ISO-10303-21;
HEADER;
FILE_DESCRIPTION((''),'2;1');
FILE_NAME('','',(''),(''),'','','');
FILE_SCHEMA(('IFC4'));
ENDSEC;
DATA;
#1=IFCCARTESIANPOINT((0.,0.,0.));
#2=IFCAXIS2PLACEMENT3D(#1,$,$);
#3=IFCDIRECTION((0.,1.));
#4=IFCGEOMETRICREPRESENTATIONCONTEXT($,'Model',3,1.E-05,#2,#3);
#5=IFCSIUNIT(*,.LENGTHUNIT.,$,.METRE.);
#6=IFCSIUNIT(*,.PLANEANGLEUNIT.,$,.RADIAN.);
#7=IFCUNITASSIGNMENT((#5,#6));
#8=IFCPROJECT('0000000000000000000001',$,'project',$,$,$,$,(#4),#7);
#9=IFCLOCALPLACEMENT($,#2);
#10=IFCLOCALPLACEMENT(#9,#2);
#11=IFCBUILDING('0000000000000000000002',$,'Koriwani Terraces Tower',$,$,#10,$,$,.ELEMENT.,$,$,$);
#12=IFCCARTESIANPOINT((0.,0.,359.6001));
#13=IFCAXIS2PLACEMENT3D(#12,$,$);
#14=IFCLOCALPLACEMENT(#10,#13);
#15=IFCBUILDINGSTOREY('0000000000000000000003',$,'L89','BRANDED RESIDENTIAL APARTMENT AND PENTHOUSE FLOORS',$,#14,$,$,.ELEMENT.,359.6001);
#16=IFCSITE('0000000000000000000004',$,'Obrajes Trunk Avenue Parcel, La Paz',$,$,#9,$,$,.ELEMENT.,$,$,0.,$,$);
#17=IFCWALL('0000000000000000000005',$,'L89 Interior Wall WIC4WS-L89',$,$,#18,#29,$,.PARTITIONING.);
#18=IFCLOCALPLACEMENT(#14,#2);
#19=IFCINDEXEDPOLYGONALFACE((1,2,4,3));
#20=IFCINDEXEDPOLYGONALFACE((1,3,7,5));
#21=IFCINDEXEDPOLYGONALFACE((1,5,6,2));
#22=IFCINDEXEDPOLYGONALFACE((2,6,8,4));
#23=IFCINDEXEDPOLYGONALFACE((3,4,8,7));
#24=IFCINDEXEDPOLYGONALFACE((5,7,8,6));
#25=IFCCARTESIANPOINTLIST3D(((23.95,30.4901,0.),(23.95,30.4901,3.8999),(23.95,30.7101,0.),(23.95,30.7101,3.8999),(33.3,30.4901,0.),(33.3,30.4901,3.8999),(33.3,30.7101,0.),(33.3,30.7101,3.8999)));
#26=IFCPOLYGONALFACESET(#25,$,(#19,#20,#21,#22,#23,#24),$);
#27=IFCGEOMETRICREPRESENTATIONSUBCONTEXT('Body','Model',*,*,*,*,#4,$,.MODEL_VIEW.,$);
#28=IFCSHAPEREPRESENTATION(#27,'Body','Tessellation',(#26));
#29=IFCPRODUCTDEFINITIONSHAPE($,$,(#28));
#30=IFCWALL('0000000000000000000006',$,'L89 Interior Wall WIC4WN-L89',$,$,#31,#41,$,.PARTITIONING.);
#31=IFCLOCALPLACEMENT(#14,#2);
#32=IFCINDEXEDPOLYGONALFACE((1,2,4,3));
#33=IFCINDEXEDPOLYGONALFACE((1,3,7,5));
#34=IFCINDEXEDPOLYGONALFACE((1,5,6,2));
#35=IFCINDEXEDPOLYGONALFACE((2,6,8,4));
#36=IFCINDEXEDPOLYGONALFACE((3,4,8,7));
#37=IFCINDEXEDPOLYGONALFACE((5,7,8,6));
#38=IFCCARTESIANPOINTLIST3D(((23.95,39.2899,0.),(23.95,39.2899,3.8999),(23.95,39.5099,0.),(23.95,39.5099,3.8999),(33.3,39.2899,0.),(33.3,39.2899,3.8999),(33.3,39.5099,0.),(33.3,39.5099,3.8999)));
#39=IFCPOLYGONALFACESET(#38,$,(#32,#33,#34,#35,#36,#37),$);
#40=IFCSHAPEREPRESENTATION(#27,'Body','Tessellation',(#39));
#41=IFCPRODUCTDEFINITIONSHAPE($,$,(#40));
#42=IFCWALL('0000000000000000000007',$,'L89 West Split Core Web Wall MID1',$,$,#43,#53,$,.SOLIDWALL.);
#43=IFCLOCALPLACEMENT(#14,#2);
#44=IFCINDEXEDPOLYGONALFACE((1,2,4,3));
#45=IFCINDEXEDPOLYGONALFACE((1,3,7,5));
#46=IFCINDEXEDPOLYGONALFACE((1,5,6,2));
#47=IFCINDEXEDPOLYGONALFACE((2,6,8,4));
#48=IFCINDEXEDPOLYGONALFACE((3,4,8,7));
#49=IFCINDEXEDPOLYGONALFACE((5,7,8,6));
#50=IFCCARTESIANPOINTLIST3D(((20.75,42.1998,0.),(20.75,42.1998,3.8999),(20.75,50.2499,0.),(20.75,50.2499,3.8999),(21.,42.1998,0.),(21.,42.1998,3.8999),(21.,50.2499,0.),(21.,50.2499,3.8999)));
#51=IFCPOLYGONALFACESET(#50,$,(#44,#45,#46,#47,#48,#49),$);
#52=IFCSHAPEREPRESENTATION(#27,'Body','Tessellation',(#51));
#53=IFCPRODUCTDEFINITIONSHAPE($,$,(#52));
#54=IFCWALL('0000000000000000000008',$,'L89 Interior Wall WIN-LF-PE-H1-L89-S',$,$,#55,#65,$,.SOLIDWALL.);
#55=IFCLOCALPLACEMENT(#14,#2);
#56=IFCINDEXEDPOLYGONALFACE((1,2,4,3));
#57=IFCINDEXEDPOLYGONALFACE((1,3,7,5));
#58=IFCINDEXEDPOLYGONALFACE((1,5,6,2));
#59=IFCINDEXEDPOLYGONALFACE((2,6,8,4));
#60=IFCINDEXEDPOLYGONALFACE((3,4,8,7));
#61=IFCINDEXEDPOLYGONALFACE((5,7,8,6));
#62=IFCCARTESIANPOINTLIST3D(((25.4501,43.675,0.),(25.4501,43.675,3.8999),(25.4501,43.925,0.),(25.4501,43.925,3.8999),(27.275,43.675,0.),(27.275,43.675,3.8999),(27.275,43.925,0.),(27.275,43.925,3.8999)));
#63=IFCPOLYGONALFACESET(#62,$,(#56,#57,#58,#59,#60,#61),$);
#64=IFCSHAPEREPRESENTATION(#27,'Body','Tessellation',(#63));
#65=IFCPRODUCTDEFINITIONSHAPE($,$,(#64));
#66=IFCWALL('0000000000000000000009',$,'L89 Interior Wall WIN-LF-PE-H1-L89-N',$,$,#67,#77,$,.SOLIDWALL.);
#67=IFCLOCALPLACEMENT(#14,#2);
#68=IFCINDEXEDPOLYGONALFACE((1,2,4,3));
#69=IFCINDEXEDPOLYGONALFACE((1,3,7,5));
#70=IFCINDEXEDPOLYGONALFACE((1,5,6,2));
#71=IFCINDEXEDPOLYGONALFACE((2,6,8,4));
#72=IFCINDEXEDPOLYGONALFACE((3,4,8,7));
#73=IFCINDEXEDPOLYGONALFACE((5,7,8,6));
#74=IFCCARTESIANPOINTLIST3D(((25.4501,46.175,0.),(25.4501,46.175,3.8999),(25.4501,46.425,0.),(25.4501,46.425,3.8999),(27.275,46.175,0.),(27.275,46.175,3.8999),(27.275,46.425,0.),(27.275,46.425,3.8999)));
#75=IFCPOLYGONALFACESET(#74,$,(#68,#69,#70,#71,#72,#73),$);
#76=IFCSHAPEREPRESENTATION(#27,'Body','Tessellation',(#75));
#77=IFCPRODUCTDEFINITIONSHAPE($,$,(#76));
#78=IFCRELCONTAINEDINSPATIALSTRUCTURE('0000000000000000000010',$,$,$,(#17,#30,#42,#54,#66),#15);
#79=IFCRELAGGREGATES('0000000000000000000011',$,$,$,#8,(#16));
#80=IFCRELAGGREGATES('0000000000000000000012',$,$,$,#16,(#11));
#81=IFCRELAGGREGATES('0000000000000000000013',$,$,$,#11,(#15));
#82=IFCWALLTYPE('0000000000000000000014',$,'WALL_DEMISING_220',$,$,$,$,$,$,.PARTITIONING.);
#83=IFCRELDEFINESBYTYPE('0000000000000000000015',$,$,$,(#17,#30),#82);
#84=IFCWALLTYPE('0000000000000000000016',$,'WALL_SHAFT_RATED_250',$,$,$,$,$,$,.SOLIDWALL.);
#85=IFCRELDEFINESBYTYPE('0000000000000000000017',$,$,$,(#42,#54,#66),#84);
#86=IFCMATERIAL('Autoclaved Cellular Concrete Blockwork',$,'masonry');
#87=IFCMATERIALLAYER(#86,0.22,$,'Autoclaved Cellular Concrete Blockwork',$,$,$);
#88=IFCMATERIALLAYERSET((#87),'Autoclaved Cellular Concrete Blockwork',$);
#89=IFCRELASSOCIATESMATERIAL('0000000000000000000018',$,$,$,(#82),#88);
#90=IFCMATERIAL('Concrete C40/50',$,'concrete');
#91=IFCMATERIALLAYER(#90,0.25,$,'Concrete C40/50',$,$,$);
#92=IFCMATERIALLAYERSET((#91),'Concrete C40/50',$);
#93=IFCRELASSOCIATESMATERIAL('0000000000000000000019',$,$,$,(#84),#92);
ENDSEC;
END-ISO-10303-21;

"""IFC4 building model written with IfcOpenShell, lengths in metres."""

from ifc_helpers import new_model, si_unit, direction, frame, frame_2d, origin, place, context, subcontext, project, spatial, rectangle, extrude, material, layer, layer_set, type_object, element, save


model = new_model("IFC4")

# Units and contexts
model_context = context("Model", 3, precision=1e-05, world=origin(), true_north=direction((0.0, 1.0)))
body_context = subcontext(model_context, "Body", "Model", "MODEL_VIEW")
ifc_project = project(units=[si_unit("LENGTHUNIT", "METRE"), si_unit("PLANEANGLEUNIT", "RADIAN")], contexts=[model_context])

# Site, building, storey
site_placement = place(None, origin())
site = spatial("IfcSite", under=ifc_project, at=site_placement, Name="Obrajes Trunk Avenue Parcel, La Paz", CompositionType="ELEMENT", RefElevation=0.0)
building_placement = place(site_placement, origin())
building = spatial("IfcBuilding", under=site, at=building_placement, Name="Koriwani Terraces Tower", CompositionType="ELEMENT")
storey_placement = place(building_placement, frame((0.0, 0.0, 359.6001)))
storey = spatial("IfcBuildingStorey", under=building, at=storey_placement, Name="L89", Description="BRANDED RESIDENTIAL APARTMENT AND PENTHOUSE FLOORS", CompositionType="ELEMENT", Elevation=359.6001)

# Shared definitions
ifc_material_1 = material(Name="Concrete C40/50", Category="concrete")

# Shared definitions
ifc_material_2 = material(Name="Autoclaved Cellular Concrete Blockwork", Category="masonry")

# Walls
ifc_layer_1 = layer(ifc_material_2, 0.22, Name="Autoclaved Cellular Concrete Blockwork")
ifc_layer_set_1 = layer_set([ifc_layer_1], Name="Autoclaved Cellular Concrete Blockwork")
wall_type_1 = type_object("IfcWallType", Name="WALL_DEMISING_220", PredefinedType="PARTITIONING", material=ifc_layer_set_1)
for number, where, z_axis, x_axis, name in (
    (1, (23.95, 30.6001, 0.0), (0.0, 0.0, 1.0), (1.0, 0.0, 0.0), "L89 Interior Wall WIC4WS-L89"),
    (2, (23.95, 39.3999, 0.0), (0.0, 0.0, 1.0), (1.0, 0.0, 0.0), "L89 Interior Wall WIC4WN-L89"),
):
    element("IfcWall", number, at=place(storey_placement, frame(where, z_axis=z_axis, x_axis=x_axis)), inside=storey, type_object=wall_type_1, Name=name, PredefinedType="PARTITIONING", context=body_context, shape_type="SweptSolid", body=[
        extrude(rectangle(XDim=9.3501, YDim=0.22, at=frame_2d((4.675, 0.0))), origin(), (0.0, 0.0, 1.0), 3.8999),
    ])
ifc_layer_2 = layer(ifc_material_1, 0.25, Name="Concrete C40/50")
ifc_layer_set_2 = layer_set([ifc_layer_2], Name="Concrete C40/50")
wall_type_2 = type_object("IfcWallType", Name="WALL_SHAFT_RATED_250", PredefinedType="SOLIDWALL", material=ifc_layer_set_2)
wall_1_placement = place(storey_placement, frame((20.875, 42.2, 0.0), z_axis=(0.0, 0.0, 1.0), x_axis=(0.0, 1.0, 0.0)))
element("IfcWall", 3, at=wall_1_placement, inside=storey, type_object=wall_type_2, Name="L89 West Split Core Web Wall MID1", PredefinedType="SOLIDWALL", context=body_context, shape_type="SweptSolid", body=[
    extrude(rectangle(XDim=8.05, YDim=0.25, at=frame_2d((4.0249, 0.0))), origin(), (0.0, 0.0, 1.0), 3.8999),
])

# Walls
for number, where, z_axis, x_axis, name in (
    (4, (25.45, 43.8, 0.0), (0.0, 0.0, 1.0), (1.0, 0.0, 0.0), "L89 Interior Wall WIN-LF-PE-H1-L89-S"),
    (5, (25.45, 46.3, 0.0), (0.0, 0.0, 1.0), (1.0, 0.0, 0.0), "L89 Interior Wall WIN-LF-PE-H1-L89-N"),
):
    element("IfcWall", number, at=place(storey_placement, frame(where, z_axis=z_axis, x_axis=x_axis)), inside=storey, type_object=wall_type_2, Name=name, PredefinedType="SOLIDWALL", context=body_context, shape_type="SweptSolid", body=[
        extrude(rectangle(XDim=1.825, YDim=0.25, at=frame_2d((0.9126, 0.0))), origin(), (0.0, 0.0, 1.0), 3.8999),
    ])

save(model, "model.ifc")
